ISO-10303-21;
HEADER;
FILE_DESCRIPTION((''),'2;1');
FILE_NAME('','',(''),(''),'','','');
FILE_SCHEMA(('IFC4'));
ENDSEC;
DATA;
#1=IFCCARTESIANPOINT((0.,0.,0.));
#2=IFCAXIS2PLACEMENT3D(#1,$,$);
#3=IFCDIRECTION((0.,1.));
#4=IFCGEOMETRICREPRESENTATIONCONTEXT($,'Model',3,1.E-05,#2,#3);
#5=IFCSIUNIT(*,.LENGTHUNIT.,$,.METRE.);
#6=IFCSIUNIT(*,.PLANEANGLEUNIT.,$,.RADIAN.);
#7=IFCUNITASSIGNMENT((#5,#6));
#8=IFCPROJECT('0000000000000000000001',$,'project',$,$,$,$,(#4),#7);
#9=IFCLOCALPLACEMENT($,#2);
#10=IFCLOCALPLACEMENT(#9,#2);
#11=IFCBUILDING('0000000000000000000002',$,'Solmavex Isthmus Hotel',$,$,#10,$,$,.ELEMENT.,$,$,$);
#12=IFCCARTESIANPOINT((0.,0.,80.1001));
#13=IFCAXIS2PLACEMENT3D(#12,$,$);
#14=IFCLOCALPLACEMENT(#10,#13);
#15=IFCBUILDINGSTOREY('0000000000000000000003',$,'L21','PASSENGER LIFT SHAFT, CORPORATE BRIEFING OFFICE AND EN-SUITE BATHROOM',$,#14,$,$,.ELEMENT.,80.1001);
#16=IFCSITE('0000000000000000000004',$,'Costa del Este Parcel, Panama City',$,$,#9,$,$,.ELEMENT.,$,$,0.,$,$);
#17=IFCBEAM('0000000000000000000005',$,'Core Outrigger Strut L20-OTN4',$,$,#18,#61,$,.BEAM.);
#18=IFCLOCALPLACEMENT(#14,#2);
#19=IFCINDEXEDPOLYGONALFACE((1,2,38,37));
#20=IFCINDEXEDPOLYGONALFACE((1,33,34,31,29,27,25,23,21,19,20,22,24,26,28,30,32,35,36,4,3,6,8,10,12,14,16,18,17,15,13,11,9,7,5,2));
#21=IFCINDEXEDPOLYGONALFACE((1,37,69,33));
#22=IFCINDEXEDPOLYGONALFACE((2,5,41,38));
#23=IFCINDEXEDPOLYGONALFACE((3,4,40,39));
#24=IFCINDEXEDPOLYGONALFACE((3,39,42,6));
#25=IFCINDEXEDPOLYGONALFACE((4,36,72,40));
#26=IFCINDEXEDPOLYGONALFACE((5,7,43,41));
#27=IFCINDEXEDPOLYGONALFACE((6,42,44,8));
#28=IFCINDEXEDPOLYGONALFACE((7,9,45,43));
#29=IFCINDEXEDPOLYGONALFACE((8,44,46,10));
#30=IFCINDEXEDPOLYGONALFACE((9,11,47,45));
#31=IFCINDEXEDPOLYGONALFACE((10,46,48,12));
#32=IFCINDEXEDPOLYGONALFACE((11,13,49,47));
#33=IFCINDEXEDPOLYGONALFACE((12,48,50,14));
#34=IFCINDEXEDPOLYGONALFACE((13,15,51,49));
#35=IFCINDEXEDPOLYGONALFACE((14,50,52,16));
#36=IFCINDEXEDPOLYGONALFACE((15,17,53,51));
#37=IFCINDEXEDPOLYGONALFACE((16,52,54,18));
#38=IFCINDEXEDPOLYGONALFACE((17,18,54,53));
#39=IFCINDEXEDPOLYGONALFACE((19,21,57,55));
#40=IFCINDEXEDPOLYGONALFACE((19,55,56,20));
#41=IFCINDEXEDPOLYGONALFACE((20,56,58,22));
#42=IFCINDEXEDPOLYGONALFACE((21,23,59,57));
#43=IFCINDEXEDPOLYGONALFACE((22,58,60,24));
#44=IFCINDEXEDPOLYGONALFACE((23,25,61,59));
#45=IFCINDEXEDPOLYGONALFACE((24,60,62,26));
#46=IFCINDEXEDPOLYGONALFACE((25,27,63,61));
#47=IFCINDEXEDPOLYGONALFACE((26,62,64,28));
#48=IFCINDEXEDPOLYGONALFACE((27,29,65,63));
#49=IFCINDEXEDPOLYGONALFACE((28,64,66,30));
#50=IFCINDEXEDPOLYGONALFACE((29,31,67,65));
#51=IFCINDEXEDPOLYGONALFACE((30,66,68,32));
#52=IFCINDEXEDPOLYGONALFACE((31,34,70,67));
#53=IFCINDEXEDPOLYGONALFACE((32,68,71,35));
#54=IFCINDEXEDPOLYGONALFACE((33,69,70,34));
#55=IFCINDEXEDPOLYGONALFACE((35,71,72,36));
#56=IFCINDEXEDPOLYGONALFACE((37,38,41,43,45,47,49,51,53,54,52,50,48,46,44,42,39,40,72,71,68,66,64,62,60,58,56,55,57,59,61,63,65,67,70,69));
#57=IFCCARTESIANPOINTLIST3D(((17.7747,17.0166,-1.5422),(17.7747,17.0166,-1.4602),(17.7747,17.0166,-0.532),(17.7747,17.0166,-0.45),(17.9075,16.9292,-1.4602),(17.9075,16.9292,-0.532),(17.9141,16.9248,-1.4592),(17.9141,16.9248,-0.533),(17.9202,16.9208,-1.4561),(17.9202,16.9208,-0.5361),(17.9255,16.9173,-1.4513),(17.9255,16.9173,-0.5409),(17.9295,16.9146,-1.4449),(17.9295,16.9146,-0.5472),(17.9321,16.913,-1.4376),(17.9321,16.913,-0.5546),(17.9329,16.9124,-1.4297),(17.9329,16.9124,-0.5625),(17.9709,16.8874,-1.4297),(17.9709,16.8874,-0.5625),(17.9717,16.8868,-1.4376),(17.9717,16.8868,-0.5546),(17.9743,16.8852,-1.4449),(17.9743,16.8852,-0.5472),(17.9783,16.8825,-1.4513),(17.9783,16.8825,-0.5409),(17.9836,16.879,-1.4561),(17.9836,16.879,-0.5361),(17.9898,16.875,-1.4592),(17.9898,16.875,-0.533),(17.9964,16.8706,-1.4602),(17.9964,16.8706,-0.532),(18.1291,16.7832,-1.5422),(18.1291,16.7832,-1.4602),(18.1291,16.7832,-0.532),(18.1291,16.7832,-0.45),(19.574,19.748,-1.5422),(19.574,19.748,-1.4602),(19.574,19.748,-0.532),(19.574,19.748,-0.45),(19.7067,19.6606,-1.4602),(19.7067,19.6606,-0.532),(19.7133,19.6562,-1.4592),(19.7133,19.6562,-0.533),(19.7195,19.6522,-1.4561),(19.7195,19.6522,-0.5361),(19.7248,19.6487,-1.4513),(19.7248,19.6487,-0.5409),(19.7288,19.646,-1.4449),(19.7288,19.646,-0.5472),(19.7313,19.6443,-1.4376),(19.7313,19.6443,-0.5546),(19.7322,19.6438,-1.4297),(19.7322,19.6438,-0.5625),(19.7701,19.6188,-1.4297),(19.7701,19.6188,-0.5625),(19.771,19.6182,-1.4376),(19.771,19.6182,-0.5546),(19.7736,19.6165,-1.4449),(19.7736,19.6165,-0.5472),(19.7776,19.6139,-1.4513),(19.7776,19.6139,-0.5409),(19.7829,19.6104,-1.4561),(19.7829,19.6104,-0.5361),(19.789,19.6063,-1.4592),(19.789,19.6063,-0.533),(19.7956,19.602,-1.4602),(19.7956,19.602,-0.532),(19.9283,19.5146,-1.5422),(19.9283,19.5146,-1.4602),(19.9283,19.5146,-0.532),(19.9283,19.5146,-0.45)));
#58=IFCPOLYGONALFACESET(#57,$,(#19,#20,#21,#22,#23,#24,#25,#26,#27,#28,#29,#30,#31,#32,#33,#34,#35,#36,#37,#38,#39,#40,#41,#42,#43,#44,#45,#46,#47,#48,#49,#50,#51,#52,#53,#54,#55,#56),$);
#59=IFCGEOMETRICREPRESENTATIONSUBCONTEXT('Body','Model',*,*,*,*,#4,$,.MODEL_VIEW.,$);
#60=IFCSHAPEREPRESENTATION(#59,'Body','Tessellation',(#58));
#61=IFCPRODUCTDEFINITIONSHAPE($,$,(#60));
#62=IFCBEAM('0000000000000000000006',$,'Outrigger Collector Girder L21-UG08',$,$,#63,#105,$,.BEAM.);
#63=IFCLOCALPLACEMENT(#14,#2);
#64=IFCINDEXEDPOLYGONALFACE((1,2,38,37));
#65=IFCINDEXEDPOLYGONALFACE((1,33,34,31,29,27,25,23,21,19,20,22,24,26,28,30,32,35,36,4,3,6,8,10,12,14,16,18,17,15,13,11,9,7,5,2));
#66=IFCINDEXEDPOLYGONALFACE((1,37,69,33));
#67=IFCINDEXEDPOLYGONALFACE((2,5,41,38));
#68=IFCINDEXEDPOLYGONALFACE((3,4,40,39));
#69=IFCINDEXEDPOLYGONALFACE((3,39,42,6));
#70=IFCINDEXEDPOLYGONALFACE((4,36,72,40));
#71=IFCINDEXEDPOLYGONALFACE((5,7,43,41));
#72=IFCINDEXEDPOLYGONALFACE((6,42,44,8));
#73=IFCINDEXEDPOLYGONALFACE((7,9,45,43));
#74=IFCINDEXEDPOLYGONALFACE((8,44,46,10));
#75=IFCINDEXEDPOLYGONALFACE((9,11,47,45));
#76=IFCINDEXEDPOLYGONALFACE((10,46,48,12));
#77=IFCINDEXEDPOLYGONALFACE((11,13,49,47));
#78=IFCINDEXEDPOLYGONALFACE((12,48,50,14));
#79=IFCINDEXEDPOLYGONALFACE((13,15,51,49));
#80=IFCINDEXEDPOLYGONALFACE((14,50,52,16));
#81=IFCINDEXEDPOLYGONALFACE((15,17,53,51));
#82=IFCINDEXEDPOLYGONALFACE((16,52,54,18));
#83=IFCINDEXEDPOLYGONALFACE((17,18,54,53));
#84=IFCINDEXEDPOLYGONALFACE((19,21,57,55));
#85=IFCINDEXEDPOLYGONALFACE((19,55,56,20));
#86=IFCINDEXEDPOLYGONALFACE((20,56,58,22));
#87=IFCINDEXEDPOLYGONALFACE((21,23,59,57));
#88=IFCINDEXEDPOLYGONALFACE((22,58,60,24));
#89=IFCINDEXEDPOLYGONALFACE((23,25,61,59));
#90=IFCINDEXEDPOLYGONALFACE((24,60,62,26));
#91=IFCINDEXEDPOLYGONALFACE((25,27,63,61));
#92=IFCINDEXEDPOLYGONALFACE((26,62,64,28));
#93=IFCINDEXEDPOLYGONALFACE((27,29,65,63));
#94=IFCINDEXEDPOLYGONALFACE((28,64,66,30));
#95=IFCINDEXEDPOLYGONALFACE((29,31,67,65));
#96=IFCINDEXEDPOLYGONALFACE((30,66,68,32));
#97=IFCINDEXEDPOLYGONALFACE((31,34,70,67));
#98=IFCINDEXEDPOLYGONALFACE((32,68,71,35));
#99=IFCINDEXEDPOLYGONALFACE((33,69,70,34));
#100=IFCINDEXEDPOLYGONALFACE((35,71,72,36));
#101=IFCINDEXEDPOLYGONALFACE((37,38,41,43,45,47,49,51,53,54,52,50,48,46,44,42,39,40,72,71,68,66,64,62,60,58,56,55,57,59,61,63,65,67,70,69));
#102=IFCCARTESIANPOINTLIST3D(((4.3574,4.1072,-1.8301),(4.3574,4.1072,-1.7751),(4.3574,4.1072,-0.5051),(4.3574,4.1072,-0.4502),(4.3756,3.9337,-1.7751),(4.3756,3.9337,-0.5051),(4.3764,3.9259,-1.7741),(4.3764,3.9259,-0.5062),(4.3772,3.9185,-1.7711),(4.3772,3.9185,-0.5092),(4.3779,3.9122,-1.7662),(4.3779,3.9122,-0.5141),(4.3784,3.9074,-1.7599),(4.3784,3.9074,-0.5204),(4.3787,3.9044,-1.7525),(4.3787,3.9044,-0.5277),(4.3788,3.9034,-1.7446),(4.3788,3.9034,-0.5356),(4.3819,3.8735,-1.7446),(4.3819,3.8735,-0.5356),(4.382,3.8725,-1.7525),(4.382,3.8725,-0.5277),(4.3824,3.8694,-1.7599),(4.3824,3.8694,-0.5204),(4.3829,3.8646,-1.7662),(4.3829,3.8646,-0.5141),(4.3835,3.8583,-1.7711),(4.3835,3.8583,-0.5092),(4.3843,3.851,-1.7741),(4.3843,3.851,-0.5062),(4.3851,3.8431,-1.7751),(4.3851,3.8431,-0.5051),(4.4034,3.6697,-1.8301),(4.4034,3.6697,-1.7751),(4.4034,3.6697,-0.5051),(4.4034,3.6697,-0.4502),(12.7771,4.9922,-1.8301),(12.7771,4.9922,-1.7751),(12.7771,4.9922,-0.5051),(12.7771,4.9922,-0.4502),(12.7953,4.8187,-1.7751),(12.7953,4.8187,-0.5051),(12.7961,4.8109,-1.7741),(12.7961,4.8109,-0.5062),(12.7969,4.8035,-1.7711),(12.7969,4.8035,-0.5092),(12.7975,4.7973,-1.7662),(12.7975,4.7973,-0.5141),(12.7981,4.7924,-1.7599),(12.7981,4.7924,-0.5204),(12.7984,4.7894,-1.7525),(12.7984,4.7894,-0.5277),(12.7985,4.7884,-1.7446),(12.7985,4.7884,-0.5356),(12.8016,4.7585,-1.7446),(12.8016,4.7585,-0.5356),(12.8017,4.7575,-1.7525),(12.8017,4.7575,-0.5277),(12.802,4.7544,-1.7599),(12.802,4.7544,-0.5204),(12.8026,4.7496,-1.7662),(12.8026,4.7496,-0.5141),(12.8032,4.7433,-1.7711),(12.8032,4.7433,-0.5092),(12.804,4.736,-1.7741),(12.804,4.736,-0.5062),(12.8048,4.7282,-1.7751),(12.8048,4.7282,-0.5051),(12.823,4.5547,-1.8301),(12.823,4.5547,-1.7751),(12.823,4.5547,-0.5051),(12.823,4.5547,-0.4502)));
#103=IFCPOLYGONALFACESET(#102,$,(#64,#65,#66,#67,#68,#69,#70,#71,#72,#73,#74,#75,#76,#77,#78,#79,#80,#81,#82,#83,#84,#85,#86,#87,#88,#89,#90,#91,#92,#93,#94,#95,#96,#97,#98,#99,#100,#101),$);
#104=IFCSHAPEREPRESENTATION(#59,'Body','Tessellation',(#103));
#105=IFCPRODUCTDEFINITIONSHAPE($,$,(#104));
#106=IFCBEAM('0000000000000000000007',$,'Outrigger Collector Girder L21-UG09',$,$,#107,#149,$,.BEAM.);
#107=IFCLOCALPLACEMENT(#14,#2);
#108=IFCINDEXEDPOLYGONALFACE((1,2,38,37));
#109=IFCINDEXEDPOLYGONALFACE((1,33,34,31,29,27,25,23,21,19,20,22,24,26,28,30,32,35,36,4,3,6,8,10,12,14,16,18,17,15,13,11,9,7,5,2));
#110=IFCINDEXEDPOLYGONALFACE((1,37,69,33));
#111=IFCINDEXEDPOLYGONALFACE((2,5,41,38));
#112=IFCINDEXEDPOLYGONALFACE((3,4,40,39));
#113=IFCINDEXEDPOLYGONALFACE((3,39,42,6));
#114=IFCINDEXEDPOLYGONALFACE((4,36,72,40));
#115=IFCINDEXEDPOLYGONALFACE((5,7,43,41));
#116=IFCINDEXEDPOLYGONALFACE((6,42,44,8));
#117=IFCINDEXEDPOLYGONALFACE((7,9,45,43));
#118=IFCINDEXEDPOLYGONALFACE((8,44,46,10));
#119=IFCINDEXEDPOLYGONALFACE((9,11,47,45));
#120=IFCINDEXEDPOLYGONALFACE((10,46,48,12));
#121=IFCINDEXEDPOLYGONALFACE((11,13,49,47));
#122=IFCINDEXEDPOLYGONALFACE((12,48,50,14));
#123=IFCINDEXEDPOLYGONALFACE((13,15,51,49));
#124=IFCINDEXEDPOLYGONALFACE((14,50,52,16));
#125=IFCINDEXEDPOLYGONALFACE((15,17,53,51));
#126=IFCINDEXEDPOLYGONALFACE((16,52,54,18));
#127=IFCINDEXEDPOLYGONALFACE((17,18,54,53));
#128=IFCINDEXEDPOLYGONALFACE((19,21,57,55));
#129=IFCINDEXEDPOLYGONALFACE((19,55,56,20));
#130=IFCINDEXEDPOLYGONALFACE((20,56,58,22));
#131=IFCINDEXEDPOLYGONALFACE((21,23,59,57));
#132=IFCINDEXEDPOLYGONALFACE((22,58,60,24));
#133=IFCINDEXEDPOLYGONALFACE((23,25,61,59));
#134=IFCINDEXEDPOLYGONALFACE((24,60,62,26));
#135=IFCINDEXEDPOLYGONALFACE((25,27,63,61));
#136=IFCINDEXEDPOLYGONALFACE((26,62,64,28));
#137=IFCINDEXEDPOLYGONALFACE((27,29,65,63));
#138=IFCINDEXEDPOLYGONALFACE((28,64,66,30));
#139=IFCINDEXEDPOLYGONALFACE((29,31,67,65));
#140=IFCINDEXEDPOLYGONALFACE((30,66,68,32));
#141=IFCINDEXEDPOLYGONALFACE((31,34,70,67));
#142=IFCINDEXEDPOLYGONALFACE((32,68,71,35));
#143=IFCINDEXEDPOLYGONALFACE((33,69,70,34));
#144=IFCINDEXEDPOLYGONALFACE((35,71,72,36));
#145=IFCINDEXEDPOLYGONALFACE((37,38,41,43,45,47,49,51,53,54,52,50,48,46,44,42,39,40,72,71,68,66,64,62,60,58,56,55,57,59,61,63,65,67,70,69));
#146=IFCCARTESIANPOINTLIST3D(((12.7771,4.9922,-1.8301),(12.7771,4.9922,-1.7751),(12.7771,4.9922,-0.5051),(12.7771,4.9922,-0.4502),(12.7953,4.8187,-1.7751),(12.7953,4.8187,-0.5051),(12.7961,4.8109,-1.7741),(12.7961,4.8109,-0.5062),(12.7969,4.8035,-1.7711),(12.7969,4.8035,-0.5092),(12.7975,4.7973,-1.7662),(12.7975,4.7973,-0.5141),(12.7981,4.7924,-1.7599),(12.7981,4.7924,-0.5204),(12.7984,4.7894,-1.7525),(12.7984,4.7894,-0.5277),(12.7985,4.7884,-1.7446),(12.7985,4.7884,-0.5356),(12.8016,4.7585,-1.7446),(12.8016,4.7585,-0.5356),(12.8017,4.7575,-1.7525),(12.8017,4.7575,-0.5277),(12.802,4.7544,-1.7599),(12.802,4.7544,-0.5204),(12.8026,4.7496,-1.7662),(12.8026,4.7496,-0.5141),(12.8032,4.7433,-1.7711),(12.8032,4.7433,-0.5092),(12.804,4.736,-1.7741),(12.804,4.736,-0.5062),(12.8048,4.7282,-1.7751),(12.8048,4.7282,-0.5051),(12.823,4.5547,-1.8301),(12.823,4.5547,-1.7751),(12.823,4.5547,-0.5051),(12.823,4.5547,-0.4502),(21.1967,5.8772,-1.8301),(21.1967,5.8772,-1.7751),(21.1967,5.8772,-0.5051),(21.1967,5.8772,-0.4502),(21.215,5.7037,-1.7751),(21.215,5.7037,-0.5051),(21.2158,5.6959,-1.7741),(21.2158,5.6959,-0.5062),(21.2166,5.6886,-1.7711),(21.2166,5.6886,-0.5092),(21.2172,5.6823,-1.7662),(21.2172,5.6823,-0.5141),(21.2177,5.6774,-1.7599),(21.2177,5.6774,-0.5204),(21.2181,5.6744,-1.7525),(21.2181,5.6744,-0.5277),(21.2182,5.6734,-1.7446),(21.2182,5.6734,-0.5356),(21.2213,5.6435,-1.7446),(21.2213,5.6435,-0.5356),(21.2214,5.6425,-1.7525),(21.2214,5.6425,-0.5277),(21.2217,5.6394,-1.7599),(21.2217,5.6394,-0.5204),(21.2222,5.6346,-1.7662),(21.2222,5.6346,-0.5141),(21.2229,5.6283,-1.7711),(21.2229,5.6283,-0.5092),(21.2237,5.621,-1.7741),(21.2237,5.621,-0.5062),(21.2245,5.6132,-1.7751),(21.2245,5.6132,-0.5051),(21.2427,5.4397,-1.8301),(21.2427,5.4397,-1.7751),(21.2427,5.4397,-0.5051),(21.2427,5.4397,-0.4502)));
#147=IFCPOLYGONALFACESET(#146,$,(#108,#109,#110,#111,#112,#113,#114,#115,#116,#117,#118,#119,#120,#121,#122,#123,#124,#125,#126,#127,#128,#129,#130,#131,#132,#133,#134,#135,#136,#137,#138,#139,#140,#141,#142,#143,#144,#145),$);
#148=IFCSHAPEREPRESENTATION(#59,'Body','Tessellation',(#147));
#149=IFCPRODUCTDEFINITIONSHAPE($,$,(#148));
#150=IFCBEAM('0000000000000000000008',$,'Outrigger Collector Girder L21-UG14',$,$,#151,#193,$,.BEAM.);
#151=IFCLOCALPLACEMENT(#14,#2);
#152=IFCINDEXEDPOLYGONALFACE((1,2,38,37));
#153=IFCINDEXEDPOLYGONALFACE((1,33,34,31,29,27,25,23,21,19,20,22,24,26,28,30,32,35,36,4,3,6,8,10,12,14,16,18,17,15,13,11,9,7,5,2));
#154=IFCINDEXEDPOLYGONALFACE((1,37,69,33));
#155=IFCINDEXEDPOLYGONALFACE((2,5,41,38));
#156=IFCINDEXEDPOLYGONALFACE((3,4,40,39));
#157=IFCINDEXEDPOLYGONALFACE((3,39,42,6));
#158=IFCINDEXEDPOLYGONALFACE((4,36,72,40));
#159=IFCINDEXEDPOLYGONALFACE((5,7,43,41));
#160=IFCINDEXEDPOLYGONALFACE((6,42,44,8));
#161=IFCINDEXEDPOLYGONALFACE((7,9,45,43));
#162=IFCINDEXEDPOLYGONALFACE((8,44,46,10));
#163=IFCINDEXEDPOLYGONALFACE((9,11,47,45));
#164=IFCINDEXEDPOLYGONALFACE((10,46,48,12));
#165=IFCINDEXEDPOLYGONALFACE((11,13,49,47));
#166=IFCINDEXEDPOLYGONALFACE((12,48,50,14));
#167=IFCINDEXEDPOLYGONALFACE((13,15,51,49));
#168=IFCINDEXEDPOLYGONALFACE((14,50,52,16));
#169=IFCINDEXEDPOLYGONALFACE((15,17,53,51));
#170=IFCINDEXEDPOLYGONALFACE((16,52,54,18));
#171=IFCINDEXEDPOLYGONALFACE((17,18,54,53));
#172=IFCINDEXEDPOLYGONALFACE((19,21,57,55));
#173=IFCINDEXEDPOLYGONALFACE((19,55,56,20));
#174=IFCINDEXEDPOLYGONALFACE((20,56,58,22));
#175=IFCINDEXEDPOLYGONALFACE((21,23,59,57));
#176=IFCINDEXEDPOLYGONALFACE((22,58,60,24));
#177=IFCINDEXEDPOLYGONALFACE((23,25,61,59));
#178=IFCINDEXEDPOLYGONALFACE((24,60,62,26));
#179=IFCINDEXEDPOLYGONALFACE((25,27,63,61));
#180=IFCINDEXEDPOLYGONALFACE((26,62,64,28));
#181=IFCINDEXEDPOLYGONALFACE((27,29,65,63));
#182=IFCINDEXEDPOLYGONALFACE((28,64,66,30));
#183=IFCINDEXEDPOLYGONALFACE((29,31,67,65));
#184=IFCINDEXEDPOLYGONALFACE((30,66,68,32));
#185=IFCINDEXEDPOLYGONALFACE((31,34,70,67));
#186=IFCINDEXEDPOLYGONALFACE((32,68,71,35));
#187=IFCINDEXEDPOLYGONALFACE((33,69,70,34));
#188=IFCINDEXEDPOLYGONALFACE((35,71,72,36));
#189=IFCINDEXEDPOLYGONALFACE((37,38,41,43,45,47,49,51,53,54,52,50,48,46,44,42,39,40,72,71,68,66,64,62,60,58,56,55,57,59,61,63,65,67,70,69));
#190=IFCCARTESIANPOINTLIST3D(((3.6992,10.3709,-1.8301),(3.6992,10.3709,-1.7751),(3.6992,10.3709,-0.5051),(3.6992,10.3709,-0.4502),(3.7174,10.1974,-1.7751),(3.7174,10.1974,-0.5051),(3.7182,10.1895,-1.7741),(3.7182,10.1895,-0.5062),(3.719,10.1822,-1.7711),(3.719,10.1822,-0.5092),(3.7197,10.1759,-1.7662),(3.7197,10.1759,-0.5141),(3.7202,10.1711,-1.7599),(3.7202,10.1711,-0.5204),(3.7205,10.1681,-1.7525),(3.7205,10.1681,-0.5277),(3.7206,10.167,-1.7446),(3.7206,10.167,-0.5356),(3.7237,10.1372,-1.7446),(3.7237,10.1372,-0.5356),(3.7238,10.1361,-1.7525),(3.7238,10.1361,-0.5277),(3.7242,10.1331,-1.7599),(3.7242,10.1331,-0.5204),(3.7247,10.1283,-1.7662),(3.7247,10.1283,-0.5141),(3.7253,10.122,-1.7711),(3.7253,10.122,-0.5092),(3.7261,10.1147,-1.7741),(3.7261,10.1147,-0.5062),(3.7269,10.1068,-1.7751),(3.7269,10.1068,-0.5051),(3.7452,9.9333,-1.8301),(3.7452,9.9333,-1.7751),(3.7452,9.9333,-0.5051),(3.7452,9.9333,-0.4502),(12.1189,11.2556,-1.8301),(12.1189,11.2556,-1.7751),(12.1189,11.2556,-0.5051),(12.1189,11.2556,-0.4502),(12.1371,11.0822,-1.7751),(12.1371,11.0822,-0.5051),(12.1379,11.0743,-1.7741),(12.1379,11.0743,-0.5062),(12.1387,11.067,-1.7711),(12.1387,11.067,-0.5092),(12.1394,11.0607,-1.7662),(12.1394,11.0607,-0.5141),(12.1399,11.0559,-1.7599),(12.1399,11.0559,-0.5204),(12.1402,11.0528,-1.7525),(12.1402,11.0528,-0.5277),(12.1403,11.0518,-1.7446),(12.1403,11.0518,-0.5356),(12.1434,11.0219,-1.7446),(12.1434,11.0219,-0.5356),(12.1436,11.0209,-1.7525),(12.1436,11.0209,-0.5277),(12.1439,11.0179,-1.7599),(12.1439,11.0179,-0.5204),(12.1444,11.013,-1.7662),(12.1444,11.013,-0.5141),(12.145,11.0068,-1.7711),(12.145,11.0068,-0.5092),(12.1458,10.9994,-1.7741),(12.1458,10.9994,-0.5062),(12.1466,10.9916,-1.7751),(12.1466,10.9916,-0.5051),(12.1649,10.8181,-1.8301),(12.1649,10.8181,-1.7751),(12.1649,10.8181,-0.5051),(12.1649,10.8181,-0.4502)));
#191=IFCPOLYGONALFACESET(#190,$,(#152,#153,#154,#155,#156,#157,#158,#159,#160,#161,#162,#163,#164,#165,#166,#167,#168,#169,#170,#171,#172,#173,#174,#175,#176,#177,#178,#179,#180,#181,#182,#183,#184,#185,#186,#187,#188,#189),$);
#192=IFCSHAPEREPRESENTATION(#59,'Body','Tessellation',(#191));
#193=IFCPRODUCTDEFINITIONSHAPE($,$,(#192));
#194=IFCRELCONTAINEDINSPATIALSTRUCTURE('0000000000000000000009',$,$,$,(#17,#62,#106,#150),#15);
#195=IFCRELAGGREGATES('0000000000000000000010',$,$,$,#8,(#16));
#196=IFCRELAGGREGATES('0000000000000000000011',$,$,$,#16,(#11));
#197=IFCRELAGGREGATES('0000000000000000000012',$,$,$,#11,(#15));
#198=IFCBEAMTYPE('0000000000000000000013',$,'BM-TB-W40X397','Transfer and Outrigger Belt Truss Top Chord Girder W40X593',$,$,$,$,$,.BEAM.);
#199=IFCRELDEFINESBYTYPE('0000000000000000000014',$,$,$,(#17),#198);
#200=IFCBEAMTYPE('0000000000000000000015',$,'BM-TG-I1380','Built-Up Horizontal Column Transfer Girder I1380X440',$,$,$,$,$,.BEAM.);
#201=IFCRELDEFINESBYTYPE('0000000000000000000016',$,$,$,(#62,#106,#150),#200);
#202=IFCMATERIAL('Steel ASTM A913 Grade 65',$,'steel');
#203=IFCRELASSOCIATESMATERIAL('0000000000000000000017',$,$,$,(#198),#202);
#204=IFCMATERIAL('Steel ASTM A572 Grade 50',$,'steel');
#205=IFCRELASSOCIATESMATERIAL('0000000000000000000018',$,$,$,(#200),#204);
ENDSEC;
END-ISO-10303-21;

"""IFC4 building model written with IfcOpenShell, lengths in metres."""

from ifc_helpers import new_model, si_unit, direction, frame, origin, origin_2d, place, context, subcontext, project, spatial, i_section, extrude, material, material_profile, profile_set, type_object, element, save


model = new_model("IFC4")

# Units and contexts
model_context = context("Model", 3, precision=1e-05, world=origin(), true_north=direction((0.0, 1.0)))
body_context = subcontext(model_context, "Body", "Model", "MODEL_VIEW")
ifc_project = project(units=[si_unit("LENGTHUNIT", "METRE"), si_unit("PLANEANGLEUNIT", "RADIAN")], contexts=[model_context])

# Site, building, storey
site_placement = place(None, origin())
site = spatial("IfcSite", under=ifc_project, at=site_placement, Name="Costa del Este Parcel, Panama City", CompositionType="ELEMENT", RefElevation=0.0)
building_placement = place(site_placement, origin())
building = spatial("IfcBuilding", under=site, at=building_placement, Name="Solmavex Isthmus Hotel", CompositionType="ELEMENT")
storey_placement = place(building_placement, frame((0.0, 0.0, 80.1001)))
storey = spatial("IfcBuildingStorey", under=building, at=storey_placement, Name="L21", Description="PASSENGER LIFT SHAFT, CORPORATE BRIEFING OFFICE AND EN-SUITE BATHROOM", CompositionType="ELEMENT", Elevation=80.1001)

# Shared definitions
ifc_material_1 = material(Name="Steel ASTM A913 Grade 65", Category="steel")

# Beams
ifc_material_profile_1 = material_profile(ifc_material_1, i_section(OverallWidth=0.4243, OverallDepth=1.0923, WebThickness=0.0454, FlangeThickness=0.082, FilletRadius=0.0305, at=origin_2d()), Name="W40X593")
ifc_profile_set_1 = profile_set([ifc_material_profile_1], Name="Steel ASTM A913 Grade 65")
beam_type_1 = type_object("IfcBeamType", Name="BM-TB-W40X397", Description="Transfer and Outrigger Belt Truss Top Chord Girder W40X593", PredefinedType="BEAM", material=ifc_profile_set_1)
beam_1_placement = place(storey_placement, frame((17.9519, 16.8999, -0.9961), z_axis=(0.55011, 0.835092, 0.0), x_axis=(-0.835092, 0.55011, 0.0)))
element("IfcBeam", 1, at=beam_1_placement, inside=storey, type_object=beam_type_1, Name="Core Outrigger Strut L20-OTN4", PredefinedType="BEAM", context=body_context, shape_type="SweptSolid", body=[
    extrude(i_section(OverallWidth=0.4243, OverallDepth=1.0923, WebThickness=0.0454, FlangeThickness=0.082, FilletRadius=0.0305, at=origin_2d()), origin(), (0.0, 0.0, 1.0), 3.2708),
])
ifc_material_2 = material(Name="Steel ASTM A572 Grade 50", Category="steel")
ifc_material_profile_2 = material_profile(ifc_material_2, i_section(OverallWidth=0.4399, OverallDepth=1.3799, WebThickness=0.03, FlangeThickness=0.0549, FilletRadius=0.0305, at=origin_2d()), Name="I1380X440")
ifc_profile_set_2 = profile_set([ifc_material_profile_2], Name="Steel ASTM A572 Grade 50")
beam_type_2 = type_object("IfcBeamType", Name="BM-TG-I1380", Description="Built-Up Horizontal Column Transfer Girder I1380X440", PredefinedType="BEAM", material=ifc_profile_set_2)
for number, where, z_axis, x_axis, name in (
    (2, (4.3804, 3.8884, -1.1401), (0.994521, 0.104536, 0.0), (-0.104536, 0.994521, 0.0), "Outrigger Collector Girder L21-UG08"),
    (3, (12.8, 4.7734, -1.1401), (0.994521, 0.104536, 0.0), (-0.104536, 0.994521, 0.0), "Outrigger Collector Girder L21-UG09"),
    (4, (3.7222, 10.1521, -1.1401), (0.994524, 0.104508, 0.0), (-0.104508, 0.994524, 0.0), "Outrigger Collector Girder L21-UG14"),
):
    element("IfcBeam", number, at=place(storey_placement, frame(where, z_axis=z_axis, x_axis=x_axis)), inside=storey, type_object=beam_type_2, Name=name, PredefinedType="BEAM", context=body_context, shape_type="SweptSolid", body=[
        extrude(i_section(OverallWidth=0.4399, OverallDepth=1.3799, WebThickness=0.03, FlangeThickness=0.0549, FilletRadius=0.0305, at=origin_2d()), origin(), (0.0, 0.0, 1.0), 8.4661),
    ])

save(model, "model.ifc")
